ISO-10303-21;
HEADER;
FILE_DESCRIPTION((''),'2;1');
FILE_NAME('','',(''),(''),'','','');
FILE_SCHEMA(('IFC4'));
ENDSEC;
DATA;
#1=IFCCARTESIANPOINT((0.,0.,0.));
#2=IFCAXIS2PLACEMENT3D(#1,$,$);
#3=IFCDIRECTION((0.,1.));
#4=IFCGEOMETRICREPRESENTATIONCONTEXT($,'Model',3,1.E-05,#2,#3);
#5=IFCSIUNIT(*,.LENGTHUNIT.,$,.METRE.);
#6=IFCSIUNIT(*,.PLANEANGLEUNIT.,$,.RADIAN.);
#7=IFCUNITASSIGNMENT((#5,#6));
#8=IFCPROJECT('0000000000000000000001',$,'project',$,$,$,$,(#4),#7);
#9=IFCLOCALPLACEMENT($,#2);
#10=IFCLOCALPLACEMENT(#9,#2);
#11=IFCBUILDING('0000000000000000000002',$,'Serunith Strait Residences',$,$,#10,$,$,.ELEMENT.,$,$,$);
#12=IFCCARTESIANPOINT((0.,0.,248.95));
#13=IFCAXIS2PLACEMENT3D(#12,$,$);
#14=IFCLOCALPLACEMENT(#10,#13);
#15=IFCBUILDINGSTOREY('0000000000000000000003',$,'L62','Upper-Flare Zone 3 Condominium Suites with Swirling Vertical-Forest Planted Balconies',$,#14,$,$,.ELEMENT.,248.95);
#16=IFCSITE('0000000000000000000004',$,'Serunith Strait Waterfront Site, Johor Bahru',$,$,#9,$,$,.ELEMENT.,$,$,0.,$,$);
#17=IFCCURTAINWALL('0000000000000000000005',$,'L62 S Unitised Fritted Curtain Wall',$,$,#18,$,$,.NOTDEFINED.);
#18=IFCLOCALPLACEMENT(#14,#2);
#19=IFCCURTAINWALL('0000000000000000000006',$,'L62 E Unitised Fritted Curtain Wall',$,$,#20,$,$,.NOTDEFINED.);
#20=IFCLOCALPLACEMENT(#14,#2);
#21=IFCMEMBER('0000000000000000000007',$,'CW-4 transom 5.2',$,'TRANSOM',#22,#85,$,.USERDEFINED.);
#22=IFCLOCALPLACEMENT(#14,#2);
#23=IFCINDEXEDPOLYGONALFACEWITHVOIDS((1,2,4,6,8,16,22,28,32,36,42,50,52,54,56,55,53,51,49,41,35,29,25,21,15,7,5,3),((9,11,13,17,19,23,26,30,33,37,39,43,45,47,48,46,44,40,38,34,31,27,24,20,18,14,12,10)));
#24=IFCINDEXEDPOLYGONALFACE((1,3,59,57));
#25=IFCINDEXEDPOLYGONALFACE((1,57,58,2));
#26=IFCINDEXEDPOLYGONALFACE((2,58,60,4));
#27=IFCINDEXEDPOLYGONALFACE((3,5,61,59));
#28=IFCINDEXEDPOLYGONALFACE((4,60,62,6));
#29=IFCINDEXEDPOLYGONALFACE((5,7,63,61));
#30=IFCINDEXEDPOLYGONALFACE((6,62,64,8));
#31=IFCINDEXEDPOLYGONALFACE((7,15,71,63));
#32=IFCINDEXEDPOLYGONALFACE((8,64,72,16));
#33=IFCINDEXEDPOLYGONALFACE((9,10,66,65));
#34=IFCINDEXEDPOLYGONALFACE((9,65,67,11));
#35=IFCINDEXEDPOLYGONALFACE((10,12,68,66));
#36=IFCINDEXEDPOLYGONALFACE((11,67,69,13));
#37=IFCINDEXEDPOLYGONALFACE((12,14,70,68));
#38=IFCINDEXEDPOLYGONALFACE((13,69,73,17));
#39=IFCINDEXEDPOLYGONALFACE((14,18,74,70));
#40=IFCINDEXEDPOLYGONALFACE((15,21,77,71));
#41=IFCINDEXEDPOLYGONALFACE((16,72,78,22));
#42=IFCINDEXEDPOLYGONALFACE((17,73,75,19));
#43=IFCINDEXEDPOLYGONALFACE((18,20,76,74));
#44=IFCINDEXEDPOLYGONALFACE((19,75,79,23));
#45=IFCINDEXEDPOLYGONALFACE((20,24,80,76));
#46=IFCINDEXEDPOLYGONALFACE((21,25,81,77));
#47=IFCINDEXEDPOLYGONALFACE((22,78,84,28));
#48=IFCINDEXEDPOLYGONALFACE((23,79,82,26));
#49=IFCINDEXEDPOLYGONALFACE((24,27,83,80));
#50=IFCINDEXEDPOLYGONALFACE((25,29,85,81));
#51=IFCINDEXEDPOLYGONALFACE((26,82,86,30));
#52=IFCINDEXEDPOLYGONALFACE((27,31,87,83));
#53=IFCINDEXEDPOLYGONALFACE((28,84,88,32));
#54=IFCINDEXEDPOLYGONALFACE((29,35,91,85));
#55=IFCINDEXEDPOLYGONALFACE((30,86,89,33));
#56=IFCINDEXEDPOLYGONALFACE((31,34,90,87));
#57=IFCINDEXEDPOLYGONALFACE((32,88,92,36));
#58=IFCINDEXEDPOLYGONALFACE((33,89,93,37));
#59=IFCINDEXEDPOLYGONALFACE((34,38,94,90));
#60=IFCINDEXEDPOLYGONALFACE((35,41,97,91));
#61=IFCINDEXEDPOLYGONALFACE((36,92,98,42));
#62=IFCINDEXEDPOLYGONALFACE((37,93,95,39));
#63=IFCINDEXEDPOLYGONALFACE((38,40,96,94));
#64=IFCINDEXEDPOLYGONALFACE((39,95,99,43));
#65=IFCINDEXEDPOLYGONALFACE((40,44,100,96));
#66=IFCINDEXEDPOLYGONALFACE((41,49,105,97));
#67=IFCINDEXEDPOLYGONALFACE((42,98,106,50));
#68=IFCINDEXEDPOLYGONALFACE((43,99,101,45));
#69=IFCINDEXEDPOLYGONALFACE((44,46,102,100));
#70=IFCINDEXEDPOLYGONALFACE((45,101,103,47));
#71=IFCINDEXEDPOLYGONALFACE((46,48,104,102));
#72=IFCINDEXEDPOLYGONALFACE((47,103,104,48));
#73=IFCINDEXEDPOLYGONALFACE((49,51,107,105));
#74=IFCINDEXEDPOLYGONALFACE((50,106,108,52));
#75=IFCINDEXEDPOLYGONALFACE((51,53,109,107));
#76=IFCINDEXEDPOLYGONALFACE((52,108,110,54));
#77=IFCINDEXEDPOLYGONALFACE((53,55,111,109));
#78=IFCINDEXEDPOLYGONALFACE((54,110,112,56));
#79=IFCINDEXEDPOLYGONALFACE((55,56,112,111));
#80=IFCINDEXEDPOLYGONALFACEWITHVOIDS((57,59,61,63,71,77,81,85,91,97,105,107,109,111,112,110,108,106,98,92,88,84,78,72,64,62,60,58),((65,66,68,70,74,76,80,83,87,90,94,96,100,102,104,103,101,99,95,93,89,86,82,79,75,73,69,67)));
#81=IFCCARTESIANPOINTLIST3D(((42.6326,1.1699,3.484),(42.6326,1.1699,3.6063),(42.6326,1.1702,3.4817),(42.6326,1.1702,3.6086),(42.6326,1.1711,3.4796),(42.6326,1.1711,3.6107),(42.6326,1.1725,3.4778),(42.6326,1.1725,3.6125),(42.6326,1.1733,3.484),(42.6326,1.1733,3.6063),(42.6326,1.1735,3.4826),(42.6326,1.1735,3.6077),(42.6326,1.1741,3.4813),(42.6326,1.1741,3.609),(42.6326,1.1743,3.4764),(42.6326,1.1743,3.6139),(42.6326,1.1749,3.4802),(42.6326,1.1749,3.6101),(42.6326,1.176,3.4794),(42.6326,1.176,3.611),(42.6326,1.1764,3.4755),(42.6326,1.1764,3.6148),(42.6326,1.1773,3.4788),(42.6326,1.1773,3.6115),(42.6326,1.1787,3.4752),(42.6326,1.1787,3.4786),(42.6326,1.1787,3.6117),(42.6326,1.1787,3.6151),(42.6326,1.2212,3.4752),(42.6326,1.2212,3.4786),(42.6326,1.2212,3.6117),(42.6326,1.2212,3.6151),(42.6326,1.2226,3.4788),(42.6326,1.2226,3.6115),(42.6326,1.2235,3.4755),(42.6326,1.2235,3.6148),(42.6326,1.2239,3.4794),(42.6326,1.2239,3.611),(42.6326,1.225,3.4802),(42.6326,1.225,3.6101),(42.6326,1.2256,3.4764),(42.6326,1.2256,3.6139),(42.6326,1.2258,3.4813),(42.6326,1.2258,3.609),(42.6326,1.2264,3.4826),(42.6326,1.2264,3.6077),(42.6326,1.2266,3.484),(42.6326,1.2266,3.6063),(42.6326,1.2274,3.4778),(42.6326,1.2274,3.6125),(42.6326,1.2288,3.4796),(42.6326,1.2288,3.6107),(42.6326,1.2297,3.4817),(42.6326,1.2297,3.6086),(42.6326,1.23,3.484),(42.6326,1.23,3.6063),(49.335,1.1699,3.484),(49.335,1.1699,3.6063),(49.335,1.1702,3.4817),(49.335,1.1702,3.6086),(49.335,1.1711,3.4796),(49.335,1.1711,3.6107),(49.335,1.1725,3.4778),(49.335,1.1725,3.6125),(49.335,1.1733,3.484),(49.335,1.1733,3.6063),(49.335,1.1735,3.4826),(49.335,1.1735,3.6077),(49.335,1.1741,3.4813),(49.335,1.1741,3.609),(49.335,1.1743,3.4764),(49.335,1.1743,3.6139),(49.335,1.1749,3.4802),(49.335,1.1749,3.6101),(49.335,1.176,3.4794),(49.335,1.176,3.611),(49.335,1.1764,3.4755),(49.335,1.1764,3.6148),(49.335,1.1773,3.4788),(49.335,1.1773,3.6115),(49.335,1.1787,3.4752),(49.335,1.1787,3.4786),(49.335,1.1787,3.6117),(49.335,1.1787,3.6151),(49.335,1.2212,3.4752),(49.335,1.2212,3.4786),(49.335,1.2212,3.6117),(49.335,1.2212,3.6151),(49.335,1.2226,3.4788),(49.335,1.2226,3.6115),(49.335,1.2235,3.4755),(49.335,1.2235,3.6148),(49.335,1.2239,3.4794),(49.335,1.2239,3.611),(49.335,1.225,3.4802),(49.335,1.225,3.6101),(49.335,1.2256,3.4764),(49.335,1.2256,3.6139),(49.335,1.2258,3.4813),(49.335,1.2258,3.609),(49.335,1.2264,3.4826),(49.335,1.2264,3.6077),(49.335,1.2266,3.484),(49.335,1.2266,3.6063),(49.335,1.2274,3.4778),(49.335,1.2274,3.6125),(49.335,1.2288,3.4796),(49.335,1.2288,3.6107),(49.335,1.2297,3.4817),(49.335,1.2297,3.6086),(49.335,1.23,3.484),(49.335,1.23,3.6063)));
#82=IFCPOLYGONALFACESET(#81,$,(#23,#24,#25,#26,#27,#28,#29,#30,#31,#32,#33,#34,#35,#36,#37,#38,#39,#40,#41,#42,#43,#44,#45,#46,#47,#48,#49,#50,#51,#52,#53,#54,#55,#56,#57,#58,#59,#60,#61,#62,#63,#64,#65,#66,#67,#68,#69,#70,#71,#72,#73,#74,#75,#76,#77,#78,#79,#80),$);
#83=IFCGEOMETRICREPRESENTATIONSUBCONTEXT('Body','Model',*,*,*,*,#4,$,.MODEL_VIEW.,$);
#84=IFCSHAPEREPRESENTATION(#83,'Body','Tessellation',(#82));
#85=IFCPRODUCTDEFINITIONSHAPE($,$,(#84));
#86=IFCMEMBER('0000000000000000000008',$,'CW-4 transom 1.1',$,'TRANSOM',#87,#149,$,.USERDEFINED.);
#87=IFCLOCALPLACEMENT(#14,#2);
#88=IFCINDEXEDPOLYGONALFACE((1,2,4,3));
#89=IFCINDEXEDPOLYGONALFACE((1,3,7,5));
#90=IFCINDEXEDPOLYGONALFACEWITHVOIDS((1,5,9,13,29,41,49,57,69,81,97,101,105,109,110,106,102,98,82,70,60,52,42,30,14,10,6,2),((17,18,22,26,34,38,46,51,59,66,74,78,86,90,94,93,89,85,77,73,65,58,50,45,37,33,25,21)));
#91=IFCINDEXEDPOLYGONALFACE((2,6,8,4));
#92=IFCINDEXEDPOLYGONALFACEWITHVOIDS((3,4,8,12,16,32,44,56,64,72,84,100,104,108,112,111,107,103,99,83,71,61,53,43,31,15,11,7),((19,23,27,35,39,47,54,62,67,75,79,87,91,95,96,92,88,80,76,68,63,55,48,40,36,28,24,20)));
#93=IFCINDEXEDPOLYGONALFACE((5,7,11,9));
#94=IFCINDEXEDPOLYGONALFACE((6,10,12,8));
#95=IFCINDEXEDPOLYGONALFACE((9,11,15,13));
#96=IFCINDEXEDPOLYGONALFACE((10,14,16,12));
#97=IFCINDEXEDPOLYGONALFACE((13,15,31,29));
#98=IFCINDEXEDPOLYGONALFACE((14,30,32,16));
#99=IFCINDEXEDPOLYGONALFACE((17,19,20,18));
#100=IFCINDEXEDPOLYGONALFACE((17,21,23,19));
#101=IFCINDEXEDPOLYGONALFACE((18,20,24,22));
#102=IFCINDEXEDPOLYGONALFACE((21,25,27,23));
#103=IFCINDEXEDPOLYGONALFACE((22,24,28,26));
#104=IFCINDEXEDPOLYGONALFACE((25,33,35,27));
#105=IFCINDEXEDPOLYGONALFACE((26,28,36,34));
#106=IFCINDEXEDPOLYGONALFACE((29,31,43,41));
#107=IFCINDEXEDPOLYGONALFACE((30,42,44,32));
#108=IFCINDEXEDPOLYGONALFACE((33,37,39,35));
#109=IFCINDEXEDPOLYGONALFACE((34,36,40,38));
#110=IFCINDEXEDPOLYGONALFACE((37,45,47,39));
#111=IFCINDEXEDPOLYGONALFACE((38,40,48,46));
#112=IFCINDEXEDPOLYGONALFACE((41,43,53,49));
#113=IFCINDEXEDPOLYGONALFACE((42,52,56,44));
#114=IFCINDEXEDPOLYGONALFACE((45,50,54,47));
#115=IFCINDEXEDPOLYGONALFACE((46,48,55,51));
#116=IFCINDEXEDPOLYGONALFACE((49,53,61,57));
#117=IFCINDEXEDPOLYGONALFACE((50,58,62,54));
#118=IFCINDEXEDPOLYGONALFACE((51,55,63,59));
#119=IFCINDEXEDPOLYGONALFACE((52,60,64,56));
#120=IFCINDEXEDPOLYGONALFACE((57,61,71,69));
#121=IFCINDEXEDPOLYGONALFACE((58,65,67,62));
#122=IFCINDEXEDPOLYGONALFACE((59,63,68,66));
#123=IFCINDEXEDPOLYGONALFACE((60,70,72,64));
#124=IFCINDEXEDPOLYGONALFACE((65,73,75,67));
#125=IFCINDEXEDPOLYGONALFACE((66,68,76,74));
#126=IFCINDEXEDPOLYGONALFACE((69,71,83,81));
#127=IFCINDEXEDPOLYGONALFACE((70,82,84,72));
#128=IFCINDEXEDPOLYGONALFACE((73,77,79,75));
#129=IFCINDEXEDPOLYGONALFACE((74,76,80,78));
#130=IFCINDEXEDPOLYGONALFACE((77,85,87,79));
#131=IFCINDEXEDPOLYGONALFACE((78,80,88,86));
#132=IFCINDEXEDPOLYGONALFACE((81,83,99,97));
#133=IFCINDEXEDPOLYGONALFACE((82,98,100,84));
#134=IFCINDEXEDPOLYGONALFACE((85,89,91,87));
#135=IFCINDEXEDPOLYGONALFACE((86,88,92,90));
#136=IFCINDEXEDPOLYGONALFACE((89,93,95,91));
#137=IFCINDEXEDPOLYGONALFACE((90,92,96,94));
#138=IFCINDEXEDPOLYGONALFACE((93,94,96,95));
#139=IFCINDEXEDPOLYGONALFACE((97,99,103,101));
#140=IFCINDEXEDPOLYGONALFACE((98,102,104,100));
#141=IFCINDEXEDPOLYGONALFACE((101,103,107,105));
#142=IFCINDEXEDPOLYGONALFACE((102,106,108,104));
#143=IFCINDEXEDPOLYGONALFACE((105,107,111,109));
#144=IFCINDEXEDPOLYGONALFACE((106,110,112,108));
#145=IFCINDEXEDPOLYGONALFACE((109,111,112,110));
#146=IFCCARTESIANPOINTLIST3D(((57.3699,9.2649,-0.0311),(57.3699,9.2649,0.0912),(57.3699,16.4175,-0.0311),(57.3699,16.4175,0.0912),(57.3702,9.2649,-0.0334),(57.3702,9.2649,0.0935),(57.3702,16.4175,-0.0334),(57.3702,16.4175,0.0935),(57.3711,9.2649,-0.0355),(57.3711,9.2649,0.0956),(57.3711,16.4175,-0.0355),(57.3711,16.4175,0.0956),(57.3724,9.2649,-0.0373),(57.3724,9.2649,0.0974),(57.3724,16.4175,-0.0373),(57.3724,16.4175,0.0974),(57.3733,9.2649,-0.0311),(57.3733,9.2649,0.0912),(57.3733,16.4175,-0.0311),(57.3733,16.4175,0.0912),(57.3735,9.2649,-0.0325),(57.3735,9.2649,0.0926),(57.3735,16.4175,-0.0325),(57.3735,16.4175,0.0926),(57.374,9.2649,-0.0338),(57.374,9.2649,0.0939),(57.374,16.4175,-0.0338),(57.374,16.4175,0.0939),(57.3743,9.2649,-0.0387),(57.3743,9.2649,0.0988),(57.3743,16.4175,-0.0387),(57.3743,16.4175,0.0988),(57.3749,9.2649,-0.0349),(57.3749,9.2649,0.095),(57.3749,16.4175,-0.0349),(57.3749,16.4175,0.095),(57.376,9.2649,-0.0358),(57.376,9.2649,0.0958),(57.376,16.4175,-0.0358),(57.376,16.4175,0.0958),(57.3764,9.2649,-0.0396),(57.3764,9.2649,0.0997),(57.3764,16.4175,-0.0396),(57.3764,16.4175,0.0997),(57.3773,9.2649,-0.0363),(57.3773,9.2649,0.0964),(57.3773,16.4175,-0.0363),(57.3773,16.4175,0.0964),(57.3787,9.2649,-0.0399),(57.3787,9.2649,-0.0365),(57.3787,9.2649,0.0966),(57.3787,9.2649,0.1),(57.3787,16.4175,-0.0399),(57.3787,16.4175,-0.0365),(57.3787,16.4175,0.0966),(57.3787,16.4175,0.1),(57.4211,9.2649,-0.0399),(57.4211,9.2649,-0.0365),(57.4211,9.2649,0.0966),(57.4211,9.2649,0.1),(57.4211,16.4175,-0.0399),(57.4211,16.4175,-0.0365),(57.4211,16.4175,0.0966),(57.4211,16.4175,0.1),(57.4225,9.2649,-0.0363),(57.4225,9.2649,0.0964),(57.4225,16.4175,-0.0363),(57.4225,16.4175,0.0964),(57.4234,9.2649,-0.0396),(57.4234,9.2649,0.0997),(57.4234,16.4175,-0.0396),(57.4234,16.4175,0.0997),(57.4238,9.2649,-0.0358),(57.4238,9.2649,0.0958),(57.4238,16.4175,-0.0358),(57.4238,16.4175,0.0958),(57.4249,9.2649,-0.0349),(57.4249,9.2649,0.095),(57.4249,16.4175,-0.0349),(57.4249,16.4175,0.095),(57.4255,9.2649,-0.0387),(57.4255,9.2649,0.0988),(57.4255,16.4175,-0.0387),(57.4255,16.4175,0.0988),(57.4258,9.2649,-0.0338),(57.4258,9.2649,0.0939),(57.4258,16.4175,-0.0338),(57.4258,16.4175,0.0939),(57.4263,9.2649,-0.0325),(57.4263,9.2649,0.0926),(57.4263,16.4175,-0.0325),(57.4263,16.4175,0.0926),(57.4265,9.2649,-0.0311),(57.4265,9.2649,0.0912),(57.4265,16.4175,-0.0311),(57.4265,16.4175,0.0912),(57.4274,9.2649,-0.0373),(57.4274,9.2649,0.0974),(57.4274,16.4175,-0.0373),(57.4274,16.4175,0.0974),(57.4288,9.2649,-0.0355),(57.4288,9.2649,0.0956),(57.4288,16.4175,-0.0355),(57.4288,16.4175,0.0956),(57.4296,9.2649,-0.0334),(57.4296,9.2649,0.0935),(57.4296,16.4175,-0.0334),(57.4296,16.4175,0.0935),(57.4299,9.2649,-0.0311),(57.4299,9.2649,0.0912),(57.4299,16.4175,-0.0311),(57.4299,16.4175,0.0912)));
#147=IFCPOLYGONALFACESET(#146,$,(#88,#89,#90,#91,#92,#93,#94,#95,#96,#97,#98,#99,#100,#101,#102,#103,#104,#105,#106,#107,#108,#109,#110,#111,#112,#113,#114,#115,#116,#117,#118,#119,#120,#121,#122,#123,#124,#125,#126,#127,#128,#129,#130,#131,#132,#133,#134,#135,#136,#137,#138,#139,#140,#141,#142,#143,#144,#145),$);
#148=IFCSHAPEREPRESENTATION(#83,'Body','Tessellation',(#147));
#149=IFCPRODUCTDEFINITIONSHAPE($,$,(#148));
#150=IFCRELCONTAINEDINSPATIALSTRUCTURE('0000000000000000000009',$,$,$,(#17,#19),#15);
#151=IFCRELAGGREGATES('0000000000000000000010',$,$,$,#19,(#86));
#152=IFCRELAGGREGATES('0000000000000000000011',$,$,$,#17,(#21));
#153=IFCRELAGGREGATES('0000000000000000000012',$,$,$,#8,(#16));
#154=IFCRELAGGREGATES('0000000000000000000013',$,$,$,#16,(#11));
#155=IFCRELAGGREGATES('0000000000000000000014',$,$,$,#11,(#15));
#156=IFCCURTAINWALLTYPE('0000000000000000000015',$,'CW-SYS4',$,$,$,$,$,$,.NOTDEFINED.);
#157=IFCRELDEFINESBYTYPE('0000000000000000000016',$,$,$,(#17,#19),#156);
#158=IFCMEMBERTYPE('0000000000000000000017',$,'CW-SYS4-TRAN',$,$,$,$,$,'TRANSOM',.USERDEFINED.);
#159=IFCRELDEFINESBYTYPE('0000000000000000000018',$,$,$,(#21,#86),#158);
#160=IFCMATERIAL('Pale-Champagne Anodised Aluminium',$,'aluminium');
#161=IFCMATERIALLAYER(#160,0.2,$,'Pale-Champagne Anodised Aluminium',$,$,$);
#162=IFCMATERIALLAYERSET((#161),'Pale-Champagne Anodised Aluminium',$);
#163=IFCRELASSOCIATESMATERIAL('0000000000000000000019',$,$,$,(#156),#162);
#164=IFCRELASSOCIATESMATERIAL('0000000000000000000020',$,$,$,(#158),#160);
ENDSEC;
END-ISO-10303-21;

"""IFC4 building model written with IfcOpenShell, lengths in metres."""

from ifc_helpers import new_model, si_unit, direction, frame, origin, origin_2d, place, context, subcontext, project, spatial, hollow_rectangle, extrude, source, transform, mapped, material, layer, layer_set, material_profile, profile_set, type_object, element, aggregate, save


model = new_model("IFC4")

# Units and contexts
model_context = context("Model", 3, precision=1e-05, world=origin(), true_north=direction((0.0, 1.0)))
body_context = subcontext(model_context, "Body", "Model", "MODEL_VIEW")
ifc_project = project(units=[si_unit("LENGTHUNIT", "METRE"), si_unit("PLANEANGLEUNIT", "RADIAN")], contexts=[model_context])

# Site, building, storey
site_placement = place(None, origin())
site = spatial("IfcSite", under=ifc_project, at=site_placement, Name="Serunith Strait Waterfront Site, Johor Bahru", CompositionType="ELEMENT", RefElevation=0.0)
building_placement = place(site_placement, origin())
building = spatial("IfcBuilding", under=site, at=building_placement, Name="Serunith Strait Residences", CompositionType="ELEMENT")
storey_placement = place(building_placement, frame((0.0, 0.0, 248.95)))
storey = spatial("IfcBuildingStorey", under=building, at=storey_placement, Name="L62", Description="Upper-Flare Zone 3 Condominium Suites with Swirling Vertical-Forest Planted Balconies", CompositionType="ELEMENT", Elevation=248.95)

# Curtain wall
ifc_material_1 = material(Name="Pale-Champagne Anodised Aluminium", Category="aluminium")
ifc_layer_1 = layer(ifc_material_1, 0.2, Name="Pale-Champagne Anodised Aluminium")
ifc_layer_set_1 = layer_set([ifc_layer_1], Name="Pale-Champagne Anodised Aluminium")
curtain_wall_type = type_object("IfcCurtainWallType", Name="CW-SYS4", PredefinedType="NOTDEFINED", material=ifc_layer_set_1)
curtain_wall_1_placement = place(storey_placement, origin())
curtain_wall_1 = element("IfcCurtainWall", 1, at=curtain_wall_1_placement, inside=storey, type_object=curtain_wall_type, Name="L62 S Unitised Fritted Curtain Wall", PredefinedType="NOTDEFINED")

# Curtain wall
curtain_wall_2_placement = place(storey_placement, origin())
curtain_wall_2 = element("IfcCurtainWall", 2, at=curtain_wall_2_placement, inside=storey, type_object=curtain_wall_type, Name="L62 E Unitised Fritted Curtain Wall", PredefinedType="NOTDEFINED")

# Members
ifc_material_profile_1 = material_profile(ifc_material_1, hollow_rectangle(XDim=0.0601, YDim=0.1399, WallThickness=0.0034, InnerFilletRadius=0.0054, OuterFilletRadius=0.0088, at=origin_2d()), Name="ALU 140x60x3.5")
ifc_profile_set_1 = profile_set([ifc_material_profile_1], Name="Pale-Champagne Anodised Aluminium")
member_type_1 = type_object("IfcMemberType", Name="CW-SYS4-TRAN", ElementType="TRANSOM", PredefinedType="USERDEFINED", material=ifc_profile_set_1)
shared_shape_1 = source(origin(), body_context, "Body", "SweptSolid", [
    extrude(hollow_rectangle(XDim=0.0601, YDim=0.1399, WallThickness=0.0034, InnerFilletRadius=0.0054, OuterFilletRadius=0.0088, at=origin_2d()), origin(), (0.0, 0.0, 1.0), 6.7024),
])
member_1_placement = place(storey_placement, frame((42.6326, 1.2, 3.5452), z_axis=(1.0, 0.0, 0.0), x_axis=(0.0, 1.0, 0.0)))
member_1 = element("IfcMember", 3, at=member_1_placement, type_object=member_type_1, Name="CW-4 transom 5.2", ObjectType="TRANSOM", PredefinedType="USERDEFINED", context=body_context, shape_type="MappedRepresentation", body=[
    mapped(shared_shape_1, transform((0.0, 0.0, 0.0), scale=1.0)),
])
shared_shape_2 = source(origin(), body_context, "Body", "SweptSolid", [
    extrude(hollow_rectangle(XDim=0.0601, YDim=0.1399, WallThickness=0.0034, InnerFilletRadius=0.0054, OuterFilletRadius=0.0088, at=origin_2d()), origin(), (0.0, 0.0, 1.0), 7.1526),
])
member_2_placement = place(storey_placement, frame((57.3999, 9.2649, 0.03), z_axis=(0.0, 1.0, 0.0), x_axis=(-1.0, 0.0, 0.0)))
member_2 = element("IfcMember", 4, at=member_2_placement, type_object=member_type_1, Name="CW-4 transom 1.1", ObjectType="TRANSOM", PredefinedType="USERDEFINED", context=body_context, shape_type="MappedRepresentation", body=[
    mapped(shared_shape_2, transform((0.0, 0.0, 0.0), scale=1.0)),
])
aggregate(curtain_wall_2, [member_2])

aggregate(curtain_wall_1, [member_1])

save(model, "model.ifc")
